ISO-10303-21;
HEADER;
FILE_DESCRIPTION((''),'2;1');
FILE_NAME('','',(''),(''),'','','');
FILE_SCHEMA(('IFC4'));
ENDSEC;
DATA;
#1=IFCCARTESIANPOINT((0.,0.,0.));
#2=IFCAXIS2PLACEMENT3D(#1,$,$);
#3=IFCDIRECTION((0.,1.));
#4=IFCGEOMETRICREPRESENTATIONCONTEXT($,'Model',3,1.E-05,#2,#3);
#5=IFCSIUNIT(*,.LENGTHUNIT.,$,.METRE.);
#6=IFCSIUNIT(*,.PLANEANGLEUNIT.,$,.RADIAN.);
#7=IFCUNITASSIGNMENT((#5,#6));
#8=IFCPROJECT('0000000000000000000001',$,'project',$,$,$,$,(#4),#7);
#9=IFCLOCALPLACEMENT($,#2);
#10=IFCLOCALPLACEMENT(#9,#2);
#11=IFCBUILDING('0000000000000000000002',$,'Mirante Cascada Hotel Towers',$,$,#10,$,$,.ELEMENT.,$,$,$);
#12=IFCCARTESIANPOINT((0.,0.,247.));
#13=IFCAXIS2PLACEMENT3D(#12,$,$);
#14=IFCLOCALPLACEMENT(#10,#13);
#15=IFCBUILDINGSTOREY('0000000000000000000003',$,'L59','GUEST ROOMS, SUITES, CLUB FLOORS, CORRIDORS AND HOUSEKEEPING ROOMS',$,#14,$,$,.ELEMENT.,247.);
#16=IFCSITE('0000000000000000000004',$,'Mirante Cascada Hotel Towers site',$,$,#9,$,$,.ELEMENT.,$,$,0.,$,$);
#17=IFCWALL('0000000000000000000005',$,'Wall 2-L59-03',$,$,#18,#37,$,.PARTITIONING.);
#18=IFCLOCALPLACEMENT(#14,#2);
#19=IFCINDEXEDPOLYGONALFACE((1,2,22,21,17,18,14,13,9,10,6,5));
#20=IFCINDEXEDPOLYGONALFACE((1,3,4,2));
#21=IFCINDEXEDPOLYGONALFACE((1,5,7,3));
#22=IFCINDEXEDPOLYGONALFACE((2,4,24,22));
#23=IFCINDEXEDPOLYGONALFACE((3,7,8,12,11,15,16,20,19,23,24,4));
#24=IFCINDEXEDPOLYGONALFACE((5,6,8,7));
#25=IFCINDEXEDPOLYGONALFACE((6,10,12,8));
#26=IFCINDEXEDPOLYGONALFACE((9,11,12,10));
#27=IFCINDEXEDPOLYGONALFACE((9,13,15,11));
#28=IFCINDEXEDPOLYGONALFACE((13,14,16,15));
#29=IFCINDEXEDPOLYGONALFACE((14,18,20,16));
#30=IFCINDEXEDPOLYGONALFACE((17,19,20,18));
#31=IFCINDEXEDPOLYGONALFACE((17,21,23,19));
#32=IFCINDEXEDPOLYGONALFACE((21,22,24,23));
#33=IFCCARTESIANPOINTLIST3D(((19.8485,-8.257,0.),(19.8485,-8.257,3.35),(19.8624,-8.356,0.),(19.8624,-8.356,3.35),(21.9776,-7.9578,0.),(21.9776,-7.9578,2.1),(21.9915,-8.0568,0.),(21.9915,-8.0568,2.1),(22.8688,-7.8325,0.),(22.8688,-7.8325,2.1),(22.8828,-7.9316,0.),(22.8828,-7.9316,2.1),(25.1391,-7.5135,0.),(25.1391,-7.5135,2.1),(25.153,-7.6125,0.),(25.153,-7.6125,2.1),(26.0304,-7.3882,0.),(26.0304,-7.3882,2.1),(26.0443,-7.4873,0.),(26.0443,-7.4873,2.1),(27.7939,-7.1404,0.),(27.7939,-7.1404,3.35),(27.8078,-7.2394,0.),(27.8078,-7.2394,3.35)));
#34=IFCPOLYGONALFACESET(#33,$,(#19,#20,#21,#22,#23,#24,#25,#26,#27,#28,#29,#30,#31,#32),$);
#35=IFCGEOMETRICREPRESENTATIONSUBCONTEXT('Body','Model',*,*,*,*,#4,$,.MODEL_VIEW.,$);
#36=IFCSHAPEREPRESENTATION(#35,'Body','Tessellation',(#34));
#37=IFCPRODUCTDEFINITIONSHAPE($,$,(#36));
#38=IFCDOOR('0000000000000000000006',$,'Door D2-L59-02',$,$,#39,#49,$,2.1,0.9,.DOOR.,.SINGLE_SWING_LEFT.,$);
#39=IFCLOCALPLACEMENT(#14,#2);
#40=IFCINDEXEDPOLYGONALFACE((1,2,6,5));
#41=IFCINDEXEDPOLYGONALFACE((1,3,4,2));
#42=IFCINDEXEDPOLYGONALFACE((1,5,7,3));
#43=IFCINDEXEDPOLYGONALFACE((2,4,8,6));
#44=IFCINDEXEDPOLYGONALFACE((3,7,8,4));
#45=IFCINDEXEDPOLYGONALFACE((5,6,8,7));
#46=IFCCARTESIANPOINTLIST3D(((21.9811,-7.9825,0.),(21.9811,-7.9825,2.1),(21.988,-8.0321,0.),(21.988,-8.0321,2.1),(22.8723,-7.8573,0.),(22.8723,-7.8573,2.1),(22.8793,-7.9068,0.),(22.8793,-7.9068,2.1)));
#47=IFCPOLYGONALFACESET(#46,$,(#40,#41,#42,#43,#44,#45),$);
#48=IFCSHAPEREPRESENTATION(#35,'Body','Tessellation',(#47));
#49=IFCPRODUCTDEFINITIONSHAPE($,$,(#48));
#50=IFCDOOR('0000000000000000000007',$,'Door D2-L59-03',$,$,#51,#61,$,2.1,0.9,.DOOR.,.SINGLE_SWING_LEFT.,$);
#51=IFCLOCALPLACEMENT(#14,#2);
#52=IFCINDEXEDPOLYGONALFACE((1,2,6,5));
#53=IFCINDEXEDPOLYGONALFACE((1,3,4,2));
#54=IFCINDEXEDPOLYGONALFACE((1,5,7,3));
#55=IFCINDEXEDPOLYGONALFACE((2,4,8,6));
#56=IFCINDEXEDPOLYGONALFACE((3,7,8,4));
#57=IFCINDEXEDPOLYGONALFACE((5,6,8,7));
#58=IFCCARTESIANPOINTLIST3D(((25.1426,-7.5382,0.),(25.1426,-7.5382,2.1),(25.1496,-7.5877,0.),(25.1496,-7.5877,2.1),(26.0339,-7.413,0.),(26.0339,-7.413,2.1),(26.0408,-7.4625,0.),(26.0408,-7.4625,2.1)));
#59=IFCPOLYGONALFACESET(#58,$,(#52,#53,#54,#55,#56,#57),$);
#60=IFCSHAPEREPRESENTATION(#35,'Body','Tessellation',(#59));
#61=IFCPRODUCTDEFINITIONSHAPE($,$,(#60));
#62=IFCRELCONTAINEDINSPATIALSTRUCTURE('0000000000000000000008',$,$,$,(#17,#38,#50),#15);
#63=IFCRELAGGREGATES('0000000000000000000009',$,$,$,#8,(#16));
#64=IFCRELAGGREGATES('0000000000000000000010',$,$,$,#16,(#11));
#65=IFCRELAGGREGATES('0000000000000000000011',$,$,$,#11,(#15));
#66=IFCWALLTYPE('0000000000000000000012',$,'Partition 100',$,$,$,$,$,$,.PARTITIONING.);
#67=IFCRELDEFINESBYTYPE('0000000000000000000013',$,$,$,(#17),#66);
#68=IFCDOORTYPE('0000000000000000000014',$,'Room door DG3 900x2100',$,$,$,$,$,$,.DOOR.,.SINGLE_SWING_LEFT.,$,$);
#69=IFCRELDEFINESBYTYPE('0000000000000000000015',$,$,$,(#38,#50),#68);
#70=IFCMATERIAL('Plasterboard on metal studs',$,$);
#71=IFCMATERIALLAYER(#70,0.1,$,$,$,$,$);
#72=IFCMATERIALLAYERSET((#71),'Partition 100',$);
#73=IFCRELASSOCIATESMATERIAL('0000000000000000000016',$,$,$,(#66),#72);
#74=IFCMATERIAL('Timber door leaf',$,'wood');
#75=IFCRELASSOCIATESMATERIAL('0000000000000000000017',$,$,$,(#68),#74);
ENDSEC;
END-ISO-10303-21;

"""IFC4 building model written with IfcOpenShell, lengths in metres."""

from ifc_helpers import new_model, si_unit, direction, frame, frame_2d, origin, place, context, subcontext, project, spatial, rectangle, extrude, material, layer, layer_set, type_object, element, fill, save


model = new_model("IFC4")

# Units and contexts
model_context = context("Model", 3, precision=1e-05, world=origin(), true_north=direction((0.0, 1.0)))
body_context = subcontext(model_context, "Body", "Model", "MODEL_VIEW")
ifc_project = project(units=[si_unit("LENGTHUNIT", "METRE"), si_unit("PLANEANGLEUNIT", "RADIAN")], contexts=[model_context])

# Site, building, storey
site_placement = place(None, origin())
site = spatial("IfcSite", under=ifc_project, at=site_placement, Name="Mirante Cascada Hotel Towers site", CompositionType="ELEMENT", RefElevation=0.0)
building_placement = place(site_placement, origin())
building = spatial("IfcBuilding", under=site, at=building_placement, Name="Mirante Cascada Hotel Towers", CompositionType="ELEMENT")
storey_placement = place(building_placement, frame((0.0, 0.0, 247.0)))
storey = spatial("IfcBuildingStorey", under=building, at=storey_placement, Name="L59", Description="GUEST ROOMS, SUITES, CLUB FLOORS, CORRIDORS AND HOUSEKEEPING ROOMS", CompositionType="ELEMENT", Elevation=247.0)

# Wall, openings, doors
ifc_material_1 = material(Name="Plasterboard on metal studs")
ifc_layer_1 = layer(ifc_material_1, 0.1)
ifc_layer_set_1 = layer_set([ifc_layer_1], Name="Partition 100")
wall_type_1 = type_object("IfcWallType", Name="Partition 100", PredefinedType="PARTITIONING", material=ifc_layer_set_1)
wall_1_placement = place(storey_placement, frame((27.8009, -7.1899, 0.0), z_axis=(0.0, 0.0, 1.0), x_axis=(-0.990269, -0.139167, 0.0)))
wall_1 = element("IfcWall", 1, at=wall_1_placement, inside=storey, type_object=wall_type_1, Name="Wall 2-L59-03", PredefinedType="PARTITIONING", context=body_context, shape_type="SweptSolid", body=[
    extrude(rectangle(XDim=8.0235, YDim=0.1, at=frame_2d((4.0118, 0.0))), origin(), (0.0, 0.0, 1.0), 3.35),
])
opening_1_placement = place(wall_1_placement, frame((4.9735, 0.0, 0.0)))
opening_1 = element("IfcOpeningElement", 2, at=opening_1_placement, cuts=wall_1, PredefinedType="OPENING", context=body_context, shape_type="SweptSolid", body=[
    extrude(rectangle(XDim=0.9, YDim=2.1, at=frame_2d((0.45, 1.05))), frame((0.0, 0.05, 0.0), z_axis=(0.0, -1.0, 0.0), x_axis=(1.0, 0.0, 0.0)), (0.0, 0.0, 1.0), 0.1),
])
opening_2_placement = place(wall_1_placement, frame((1.7809, 0.0, 0.0)))
opening_2 = element("IfcOpeningElement", 3, at=opening_2_placement, cuts=wall_1, PredefinedType="OPENING", context=body_context, shape_type="SweptSolid", body=[
    extrude(rectangle(XDim=0.9, YDim=2.1, at=frame_2d((0.45, 1.05))), frame((0.0, 0.05, 0.0), z_axis=(0.0, -1.0, 0.0), x_axis=(1.0, 0.0, 0.0)), (0.0, 0.0, 1.0), 0.1),
])
ifc_material_2 = material(Name="Timber door leaf", Category="wood")
door_type_1 = type_object("IfcDoorType", Name="Room door DG3 900x2100", OperationType="SINGLE_SWING_LEFT", PredefinedType="DOOR", material=ifc_material_2)
door_1_placement = place(opening_1_placement, origin())
door_1 = element("IfcDoor", 4, at=door_1_placement, inside=storey, type_object=door_type_1, Name="Door D2-L59-02", OperationType="SINGLE_SWING_LEFT", OverallHeight=2.1, OverallWidth=0.9, PredefinedType="DOOR", context=body_context, shape_type="SweptSolid", body=[
    extrude(rectangle(XDim=0.9, YDim=2.1, at=frame_2d((0.45, 1.05))), frame((0.0, 0.025, 0.0), z_axis=(0.0, -1.0, 0.0), x_axis=(1.0, 0.0, 0.0)), (0.0, 0.0, 1.0), 0.05),
])
fill(opening_1, door_1)
door_2_placement = place(opening_2_placement, origin())
door_2 = element("IfcDoor", 5, at=door_2_placement, inside=storey, type_object=door_type_1, Name="Door D2-L59-03", OperationType="SINGLE_SWING_LEFT", OverallHeight=2.1, OverallWidth=0.9, PredefinedType="DOOR", context=body_context, shape_type="SweptSolid", body=[
    extrude(rectangle(XDim=0.9, YDim=2.1, at=frame_2d((0.45, 1.05))), frame((0.0, 0.025, 0.0), z_axis=(0.0, -1.0, 0.0), x_axis=(1.0, 0.0, 0.0)), (0.0, 0.0, 1.0), 0.05),
])
fill(opening_2, door_2)

save(model, "model.ifc")
